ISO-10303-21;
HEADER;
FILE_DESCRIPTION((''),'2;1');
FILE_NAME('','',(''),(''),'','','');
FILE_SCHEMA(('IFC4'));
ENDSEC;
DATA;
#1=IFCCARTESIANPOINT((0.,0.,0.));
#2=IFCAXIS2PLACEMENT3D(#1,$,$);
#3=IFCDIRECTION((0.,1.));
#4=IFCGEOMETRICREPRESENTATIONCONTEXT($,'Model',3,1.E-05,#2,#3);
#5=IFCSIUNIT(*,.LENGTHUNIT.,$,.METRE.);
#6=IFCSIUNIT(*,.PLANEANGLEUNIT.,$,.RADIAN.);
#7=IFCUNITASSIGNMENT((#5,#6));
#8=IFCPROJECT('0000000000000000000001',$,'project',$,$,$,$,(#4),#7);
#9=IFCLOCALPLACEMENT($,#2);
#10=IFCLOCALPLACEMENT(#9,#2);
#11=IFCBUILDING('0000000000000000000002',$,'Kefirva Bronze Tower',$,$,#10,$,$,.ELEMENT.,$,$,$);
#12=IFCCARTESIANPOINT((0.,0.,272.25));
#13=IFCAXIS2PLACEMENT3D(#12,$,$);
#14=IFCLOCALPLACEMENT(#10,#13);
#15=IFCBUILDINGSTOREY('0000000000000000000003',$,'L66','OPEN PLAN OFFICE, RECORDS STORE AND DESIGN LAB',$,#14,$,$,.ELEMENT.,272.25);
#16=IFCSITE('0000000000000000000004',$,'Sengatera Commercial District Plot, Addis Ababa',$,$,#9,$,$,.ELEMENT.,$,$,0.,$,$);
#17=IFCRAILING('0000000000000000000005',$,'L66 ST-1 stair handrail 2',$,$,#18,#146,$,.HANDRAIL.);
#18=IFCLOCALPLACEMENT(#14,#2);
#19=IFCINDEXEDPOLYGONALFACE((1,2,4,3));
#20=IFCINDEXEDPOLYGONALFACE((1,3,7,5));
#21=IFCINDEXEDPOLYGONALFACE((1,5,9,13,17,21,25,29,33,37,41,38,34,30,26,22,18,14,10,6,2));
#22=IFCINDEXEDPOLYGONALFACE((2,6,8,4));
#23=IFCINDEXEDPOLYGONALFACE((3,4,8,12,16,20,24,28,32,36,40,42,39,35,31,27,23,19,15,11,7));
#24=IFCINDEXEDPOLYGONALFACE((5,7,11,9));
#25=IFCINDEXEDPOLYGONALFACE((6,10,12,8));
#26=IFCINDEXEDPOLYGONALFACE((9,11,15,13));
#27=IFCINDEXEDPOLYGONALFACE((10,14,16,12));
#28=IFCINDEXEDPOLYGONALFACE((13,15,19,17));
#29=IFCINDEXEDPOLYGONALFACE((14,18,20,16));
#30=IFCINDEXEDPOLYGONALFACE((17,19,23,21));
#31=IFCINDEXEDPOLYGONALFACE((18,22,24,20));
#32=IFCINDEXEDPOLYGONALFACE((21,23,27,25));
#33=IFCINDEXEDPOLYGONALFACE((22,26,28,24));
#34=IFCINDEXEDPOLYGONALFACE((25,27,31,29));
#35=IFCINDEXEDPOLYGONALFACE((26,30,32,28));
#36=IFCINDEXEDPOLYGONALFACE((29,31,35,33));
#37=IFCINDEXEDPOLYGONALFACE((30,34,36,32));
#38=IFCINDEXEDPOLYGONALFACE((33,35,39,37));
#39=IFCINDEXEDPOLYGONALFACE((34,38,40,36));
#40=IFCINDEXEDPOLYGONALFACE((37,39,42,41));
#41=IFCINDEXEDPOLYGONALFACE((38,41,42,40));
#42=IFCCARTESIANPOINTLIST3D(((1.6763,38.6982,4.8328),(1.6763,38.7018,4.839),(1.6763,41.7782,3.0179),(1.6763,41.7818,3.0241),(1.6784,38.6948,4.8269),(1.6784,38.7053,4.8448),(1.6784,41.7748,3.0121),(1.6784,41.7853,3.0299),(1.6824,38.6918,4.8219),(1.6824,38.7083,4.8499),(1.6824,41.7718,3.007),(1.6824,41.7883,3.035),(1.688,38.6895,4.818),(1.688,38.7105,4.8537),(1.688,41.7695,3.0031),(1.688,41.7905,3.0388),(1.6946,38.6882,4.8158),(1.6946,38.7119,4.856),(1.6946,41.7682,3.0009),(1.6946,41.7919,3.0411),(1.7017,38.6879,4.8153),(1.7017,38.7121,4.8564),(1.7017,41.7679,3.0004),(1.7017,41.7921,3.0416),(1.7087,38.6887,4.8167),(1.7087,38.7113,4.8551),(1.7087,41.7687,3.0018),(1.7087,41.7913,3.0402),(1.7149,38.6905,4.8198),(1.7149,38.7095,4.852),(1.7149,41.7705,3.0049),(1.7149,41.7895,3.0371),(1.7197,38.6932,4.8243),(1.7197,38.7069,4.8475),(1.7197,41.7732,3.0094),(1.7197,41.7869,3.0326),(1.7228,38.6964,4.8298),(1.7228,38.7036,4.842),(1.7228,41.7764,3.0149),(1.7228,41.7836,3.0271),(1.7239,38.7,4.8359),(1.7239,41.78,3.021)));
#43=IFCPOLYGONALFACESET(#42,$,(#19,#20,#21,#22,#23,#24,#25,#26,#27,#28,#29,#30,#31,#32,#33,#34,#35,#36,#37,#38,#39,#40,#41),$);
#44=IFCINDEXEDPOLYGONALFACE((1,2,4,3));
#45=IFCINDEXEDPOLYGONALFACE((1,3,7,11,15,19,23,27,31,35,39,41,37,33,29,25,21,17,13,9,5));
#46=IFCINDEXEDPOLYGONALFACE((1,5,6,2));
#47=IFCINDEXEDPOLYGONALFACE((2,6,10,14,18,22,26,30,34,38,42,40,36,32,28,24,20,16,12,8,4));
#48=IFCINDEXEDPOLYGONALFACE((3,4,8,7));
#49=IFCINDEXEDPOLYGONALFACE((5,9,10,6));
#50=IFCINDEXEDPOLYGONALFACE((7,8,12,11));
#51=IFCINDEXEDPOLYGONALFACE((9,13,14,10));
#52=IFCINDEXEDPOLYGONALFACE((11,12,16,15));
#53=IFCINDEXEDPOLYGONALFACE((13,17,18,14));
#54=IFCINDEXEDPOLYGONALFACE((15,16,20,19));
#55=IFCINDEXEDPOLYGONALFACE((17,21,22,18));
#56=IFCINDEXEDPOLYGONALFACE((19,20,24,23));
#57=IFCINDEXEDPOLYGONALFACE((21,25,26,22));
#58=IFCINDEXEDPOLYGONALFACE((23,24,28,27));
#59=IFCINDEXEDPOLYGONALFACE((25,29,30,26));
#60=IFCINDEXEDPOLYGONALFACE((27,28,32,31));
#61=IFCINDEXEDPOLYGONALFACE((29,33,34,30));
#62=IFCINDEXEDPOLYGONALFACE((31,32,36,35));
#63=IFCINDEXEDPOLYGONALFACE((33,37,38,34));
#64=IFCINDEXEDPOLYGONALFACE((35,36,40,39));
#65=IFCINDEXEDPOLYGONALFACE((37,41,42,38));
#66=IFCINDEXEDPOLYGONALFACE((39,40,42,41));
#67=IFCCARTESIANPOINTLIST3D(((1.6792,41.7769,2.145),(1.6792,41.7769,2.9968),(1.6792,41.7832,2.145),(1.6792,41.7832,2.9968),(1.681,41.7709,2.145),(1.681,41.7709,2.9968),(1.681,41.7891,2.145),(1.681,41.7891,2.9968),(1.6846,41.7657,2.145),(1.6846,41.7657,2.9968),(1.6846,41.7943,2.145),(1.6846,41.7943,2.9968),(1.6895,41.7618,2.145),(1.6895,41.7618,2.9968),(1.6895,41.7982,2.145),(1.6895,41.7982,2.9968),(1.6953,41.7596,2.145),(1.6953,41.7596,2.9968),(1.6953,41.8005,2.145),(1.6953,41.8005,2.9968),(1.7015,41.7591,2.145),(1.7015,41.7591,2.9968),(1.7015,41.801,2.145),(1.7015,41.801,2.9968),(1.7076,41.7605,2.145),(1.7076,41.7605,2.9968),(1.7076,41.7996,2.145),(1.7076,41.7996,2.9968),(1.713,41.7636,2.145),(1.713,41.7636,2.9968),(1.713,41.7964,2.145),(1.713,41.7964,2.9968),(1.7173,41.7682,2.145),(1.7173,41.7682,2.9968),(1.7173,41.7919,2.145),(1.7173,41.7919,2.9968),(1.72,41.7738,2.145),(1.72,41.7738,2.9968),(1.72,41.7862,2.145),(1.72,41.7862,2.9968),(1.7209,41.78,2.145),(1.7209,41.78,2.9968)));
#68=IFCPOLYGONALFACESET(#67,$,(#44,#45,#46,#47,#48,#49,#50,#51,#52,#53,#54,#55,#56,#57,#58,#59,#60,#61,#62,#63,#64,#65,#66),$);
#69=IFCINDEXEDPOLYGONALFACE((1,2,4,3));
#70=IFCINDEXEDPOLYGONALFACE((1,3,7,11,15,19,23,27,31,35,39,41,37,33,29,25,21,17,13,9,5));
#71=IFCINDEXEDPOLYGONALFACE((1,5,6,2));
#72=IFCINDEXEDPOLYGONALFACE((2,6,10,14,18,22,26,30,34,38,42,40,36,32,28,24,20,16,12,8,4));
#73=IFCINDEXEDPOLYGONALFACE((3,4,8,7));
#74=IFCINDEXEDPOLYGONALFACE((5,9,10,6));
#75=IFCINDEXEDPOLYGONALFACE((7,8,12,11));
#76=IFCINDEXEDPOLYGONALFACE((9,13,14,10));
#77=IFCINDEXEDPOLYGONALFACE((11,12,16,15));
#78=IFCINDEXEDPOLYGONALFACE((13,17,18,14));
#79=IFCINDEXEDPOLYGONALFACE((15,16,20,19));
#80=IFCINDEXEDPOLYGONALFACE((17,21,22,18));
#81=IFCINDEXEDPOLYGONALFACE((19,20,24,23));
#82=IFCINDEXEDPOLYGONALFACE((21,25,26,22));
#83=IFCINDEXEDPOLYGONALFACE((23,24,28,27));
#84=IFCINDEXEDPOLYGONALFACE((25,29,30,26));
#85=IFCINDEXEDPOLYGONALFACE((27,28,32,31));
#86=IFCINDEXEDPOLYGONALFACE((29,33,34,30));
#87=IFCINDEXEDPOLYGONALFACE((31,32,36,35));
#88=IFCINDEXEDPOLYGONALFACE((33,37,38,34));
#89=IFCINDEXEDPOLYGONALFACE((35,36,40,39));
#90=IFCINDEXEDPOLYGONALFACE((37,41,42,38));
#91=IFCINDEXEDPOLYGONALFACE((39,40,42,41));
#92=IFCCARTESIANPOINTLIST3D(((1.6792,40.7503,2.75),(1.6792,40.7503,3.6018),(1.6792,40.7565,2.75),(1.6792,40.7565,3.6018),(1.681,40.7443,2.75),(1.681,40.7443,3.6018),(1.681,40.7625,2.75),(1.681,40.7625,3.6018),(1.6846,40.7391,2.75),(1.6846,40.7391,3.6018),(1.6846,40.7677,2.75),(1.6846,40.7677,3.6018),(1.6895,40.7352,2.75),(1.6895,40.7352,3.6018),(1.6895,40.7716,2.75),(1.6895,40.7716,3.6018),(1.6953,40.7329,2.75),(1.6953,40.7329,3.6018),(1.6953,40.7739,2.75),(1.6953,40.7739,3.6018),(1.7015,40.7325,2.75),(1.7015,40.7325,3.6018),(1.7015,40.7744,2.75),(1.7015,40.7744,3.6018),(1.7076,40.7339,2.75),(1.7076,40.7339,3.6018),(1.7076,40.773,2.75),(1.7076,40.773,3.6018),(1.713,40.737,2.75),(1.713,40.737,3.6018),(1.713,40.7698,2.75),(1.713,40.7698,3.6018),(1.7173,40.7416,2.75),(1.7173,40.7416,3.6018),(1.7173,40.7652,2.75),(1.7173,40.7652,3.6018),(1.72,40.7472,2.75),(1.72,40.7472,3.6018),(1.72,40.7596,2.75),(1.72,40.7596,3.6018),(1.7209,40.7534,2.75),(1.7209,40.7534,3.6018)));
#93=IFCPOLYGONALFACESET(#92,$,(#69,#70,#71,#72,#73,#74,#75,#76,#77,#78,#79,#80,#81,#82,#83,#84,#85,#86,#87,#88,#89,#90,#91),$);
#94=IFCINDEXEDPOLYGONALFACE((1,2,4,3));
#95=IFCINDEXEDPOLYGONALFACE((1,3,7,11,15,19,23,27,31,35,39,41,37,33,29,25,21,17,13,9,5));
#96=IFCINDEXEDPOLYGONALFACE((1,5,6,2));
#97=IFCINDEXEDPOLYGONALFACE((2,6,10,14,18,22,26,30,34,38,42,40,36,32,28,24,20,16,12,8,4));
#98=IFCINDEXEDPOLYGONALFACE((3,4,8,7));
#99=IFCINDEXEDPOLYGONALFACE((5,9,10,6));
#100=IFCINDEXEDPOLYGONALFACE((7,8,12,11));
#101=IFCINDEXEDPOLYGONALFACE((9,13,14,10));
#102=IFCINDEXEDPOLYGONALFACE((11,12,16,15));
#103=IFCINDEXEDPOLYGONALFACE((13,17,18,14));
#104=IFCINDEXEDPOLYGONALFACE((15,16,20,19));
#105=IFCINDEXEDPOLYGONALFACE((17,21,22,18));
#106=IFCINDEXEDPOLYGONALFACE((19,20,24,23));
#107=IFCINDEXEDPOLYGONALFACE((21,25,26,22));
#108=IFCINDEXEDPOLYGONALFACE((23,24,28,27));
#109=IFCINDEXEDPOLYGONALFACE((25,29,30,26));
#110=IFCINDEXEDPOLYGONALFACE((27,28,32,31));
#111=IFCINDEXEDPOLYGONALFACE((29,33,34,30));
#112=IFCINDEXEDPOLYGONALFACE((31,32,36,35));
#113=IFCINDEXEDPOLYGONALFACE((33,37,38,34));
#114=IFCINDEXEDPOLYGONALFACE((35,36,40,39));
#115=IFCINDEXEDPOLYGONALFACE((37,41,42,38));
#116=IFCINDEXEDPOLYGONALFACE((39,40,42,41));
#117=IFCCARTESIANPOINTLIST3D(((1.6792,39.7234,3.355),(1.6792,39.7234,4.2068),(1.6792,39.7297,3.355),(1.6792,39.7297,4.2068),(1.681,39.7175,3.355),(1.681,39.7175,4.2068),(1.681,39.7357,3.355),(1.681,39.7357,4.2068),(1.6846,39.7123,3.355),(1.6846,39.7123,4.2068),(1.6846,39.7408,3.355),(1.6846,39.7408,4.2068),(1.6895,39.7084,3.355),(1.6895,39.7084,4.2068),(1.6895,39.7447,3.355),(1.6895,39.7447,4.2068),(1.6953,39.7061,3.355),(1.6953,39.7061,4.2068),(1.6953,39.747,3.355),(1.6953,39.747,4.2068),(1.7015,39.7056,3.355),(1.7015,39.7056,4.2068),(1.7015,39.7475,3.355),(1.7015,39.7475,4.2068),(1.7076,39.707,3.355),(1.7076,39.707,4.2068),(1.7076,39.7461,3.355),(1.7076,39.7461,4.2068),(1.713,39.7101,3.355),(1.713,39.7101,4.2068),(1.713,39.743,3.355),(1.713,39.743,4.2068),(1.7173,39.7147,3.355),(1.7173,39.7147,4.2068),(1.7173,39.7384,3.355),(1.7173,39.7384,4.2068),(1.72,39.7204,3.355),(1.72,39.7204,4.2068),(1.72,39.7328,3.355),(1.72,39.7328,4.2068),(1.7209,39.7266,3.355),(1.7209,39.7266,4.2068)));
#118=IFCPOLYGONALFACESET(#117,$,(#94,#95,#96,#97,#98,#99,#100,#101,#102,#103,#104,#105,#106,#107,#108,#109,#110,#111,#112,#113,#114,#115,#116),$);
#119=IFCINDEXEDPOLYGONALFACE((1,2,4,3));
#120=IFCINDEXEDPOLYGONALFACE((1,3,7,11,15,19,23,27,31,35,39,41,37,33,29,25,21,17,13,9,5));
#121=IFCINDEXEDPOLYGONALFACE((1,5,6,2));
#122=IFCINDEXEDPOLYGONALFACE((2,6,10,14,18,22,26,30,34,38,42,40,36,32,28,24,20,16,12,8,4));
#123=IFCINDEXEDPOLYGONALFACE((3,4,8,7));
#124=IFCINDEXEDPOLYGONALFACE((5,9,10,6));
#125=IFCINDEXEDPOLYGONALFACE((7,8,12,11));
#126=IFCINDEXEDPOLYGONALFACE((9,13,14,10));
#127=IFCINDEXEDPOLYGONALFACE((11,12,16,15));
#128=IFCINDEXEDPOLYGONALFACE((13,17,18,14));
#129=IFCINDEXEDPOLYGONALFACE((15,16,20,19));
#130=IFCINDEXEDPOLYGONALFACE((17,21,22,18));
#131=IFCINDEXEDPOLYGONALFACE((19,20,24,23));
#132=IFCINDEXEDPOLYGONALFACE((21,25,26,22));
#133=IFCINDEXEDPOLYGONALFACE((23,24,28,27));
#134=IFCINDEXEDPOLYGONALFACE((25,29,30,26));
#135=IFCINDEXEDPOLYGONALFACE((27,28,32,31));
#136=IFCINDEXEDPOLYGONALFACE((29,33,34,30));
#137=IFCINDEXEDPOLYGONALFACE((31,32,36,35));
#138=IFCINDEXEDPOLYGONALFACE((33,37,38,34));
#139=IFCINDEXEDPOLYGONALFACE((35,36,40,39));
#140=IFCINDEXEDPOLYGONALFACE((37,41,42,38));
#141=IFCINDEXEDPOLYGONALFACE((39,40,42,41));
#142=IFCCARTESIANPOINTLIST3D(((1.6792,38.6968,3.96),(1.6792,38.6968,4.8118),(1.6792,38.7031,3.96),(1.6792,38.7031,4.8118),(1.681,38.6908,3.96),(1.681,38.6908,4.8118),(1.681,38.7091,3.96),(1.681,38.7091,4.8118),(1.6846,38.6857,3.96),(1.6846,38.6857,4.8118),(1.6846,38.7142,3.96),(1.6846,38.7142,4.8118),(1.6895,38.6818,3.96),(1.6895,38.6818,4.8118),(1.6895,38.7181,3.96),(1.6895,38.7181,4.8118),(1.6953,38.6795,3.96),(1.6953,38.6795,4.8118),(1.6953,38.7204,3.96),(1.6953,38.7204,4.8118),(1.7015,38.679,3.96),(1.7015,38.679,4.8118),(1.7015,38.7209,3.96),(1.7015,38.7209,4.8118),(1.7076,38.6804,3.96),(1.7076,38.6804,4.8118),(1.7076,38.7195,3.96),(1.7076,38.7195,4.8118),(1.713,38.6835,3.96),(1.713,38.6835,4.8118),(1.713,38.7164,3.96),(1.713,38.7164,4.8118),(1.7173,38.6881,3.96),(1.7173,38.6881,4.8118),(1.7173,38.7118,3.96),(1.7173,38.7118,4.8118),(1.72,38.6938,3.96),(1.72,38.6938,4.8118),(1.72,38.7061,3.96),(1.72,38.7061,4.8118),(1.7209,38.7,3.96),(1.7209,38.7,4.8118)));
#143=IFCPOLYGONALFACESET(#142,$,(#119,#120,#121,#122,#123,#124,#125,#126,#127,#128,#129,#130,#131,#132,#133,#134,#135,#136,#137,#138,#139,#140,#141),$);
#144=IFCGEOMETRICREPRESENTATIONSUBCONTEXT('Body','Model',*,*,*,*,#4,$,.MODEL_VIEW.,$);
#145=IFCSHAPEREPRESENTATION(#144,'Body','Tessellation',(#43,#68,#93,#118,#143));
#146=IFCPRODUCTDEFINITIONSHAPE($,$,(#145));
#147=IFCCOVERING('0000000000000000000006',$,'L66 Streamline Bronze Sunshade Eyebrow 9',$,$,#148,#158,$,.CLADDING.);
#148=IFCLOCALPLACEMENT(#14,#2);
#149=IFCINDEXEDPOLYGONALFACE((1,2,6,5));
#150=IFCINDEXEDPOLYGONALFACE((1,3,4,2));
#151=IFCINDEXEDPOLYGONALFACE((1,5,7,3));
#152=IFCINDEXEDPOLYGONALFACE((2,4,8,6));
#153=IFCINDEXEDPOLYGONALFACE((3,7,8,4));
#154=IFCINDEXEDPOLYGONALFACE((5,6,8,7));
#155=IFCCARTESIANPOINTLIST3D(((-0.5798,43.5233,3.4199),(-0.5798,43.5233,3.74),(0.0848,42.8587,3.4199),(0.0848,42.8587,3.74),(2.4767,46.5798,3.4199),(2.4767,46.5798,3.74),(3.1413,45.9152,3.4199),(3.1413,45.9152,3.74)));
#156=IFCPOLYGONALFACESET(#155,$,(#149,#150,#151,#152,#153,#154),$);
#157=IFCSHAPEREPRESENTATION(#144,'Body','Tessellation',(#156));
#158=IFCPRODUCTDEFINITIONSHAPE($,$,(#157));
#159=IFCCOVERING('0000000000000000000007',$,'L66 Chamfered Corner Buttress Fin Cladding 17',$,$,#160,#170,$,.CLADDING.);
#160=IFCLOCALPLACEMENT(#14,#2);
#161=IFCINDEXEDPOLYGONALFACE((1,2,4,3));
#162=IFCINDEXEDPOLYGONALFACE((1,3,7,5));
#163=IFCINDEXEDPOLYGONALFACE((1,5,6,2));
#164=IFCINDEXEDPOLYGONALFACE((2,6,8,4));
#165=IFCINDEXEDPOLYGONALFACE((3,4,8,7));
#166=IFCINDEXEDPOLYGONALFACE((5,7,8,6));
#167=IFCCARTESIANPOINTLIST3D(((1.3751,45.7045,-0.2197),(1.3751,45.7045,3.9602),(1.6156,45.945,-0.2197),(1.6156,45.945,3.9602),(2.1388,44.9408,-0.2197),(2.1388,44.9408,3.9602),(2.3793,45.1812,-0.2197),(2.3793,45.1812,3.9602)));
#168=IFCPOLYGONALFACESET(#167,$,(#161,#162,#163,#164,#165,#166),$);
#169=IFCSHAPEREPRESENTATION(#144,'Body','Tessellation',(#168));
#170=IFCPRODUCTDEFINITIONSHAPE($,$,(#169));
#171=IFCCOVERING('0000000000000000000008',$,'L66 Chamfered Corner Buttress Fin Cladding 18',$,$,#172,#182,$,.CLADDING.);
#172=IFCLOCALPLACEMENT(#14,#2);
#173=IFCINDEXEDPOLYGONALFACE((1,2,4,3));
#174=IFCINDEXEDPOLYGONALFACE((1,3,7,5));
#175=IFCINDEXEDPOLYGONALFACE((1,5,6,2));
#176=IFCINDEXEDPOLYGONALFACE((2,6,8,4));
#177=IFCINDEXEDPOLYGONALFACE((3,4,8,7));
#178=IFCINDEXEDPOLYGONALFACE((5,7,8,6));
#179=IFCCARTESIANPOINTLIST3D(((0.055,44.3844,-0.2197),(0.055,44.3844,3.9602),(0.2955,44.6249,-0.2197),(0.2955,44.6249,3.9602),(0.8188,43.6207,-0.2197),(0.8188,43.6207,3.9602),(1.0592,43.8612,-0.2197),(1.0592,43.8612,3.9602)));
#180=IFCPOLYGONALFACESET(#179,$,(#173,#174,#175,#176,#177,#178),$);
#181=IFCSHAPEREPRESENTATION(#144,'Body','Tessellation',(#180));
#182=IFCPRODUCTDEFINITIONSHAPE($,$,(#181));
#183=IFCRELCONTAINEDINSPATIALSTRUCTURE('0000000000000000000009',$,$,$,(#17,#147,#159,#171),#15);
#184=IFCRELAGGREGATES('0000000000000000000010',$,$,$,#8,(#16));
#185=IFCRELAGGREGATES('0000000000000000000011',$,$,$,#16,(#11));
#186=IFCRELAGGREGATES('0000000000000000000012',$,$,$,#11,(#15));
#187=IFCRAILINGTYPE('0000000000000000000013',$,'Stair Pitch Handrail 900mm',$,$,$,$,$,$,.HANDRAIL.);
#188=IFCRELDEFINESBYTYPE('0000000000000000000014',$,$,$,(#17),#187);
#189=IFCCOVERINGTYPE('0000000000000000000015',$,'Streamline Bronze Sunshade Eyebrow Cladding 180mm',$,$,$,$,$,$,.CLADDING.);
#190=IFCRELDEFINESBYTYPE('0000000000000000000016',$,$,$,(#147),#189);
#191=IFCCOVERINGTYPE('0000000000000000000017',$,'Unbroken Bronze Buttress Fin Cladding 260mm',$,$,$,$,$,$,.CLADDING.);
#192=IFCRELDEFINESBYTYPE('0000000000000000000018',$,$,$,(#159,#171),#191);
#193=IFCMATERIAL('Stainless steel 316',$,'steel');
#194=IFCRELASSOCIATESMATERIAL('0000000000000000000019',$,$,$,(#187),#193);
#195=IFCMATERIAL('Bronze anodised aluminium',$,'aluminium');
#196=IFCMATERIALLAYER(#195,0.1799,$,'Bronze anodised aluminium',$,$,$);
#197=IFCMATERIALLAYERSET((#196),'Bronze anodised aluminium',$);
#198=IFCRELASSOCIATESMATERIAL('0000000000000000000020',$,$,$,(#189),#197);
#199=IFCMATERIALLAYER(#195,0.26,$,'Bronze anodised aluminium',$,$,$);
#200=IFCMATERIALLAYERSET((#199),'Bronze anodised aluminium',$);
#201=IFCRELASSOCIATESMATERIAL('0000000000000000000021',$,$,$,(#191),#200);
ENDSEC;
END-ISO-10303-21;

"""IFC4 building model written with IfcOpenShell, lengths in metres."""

from ifc_helpers import new_model, si_unit, direction, frame, origin, origin_2d, place, context, subcontext, project, spatial, rectangle, circle, extrude, material, layer, layer_set, type_object, element, save


model = new_model("IFC4")

# Units and contexts
model_context = context("Model", 3, precision=1e-05, world=origin(), true_north=direction((0.0, 1.0)))
body_context = subcontext(model_context, "Body", "Model", "MODEL_VIEW")
ifc_project = project(units=[si_unit("LENGTHUNIT", "METRE"), si_unit("PLANEANGLEUNIT", "RADIAN")], contexts=[model_context])

# Site, building, storey
site_placement = place(None, origin())
site = spatial("IfcSite", under=ifc_project, at=site_placement, Name="Sengatera Commercial District Plot, Addis Ababa", CompositionType="ELEMENT", RefElevation=0.0)
building_placement = place(site_placement, origin())
building = spatial("IfcBuilding", under=site, at=building_placement, Name="Kefirva Bronze Tower", CompositionType="ELEMENT")
storey_placement = place(building_placement, frame((0.0, 0.0, 272.25)))
storey = spatial("IfcBuildingStorey", under=building, at=storey_placement, Name="L66", Description="OPEN PLAN OFFICE, RECORDS STORE AND DESIGN LAB", CompositionType="ELEMENT", Elevation=272.25)

# Shared definitions
ifc_material_1 = material(Name="Bronze anodised aluminium", Category="aluminium")

# Railing
ifc_material_2 = material(Name="Stainless steel 316", Category="steel")
railing_type_1 = type_object("IfcRailingType", Name="Stair Pitch Handrail 900mm", PredefinedType="HANDRAIL", material=ifc_material_2)
railing_1_placement = place(storey_placement, frame((1.7, 41.78, 2.145)))
element("IfcRailing", 1, at=railing_1_placement, inside=storey, type_object=railing_type_1, Name="L66 ST-1 stair handrail 2", PredefinedType="HANDRAIL", context=body_context, shape_type="SweptSolid", body=[
    extrude(circle(Radius=0.0239, at=origin_2d()), frame((0.0, 0.0, 0.876), z_axis=(0.0, -0.861551, 0.507671), x_axis=(1.0, 0.0, 0.0)), (0.0, 0.0, 1.0), 3.575),
    extrude(circle(Radius=0.021, at=origin_2d()), origin(), (0.0, 0.0, 1.0), 0.8518),
    extrude(circle(Radius=0.021, at=origin_2d()), frame((0.0, -1.0266, 0.605)), (0.0, 0.0, 1.0), 0.8518),
    extrude(circle(Radius=0.021, at=origin_2d()), frame((0.0, -2.0535, 1.21)), (0.0, 0.0, 1.0), 0.8518),
    extrude(circle(Radius=0.021, at=origin_2d()), frame((0.0, -3.0801, 1.8149)), (0.0, 0.0, 1.0), 0.8518),
])

# Coverings
ifc_layer_1 = layer(ifc_material_1, 0.1799, Name="Bronze anodised aluminium")
ifc_layer_set_1 = layer_set([ifc_layer_1], Name="Bronze anodised aluminium")
covering_type_1 = type_object("IfcCoveringType", Name="Streamline Bronze Sunshade Eyebrow Cladding 180mm", PredefinedType="CLADDING", material=ifc_layer_set_1)
covering_1_placement = place(storey_placement, frame((1.2808, 44.7192, 3.4199), z_axis=(0.0, 0.0, 1.0), x_axis=(-0.707107, -0.707107, 0.0)))
element("IfcCovering", 2, at=covering_1_placement, inside=storey, type_object=covering_type_1, Name="L66 Streamline Bronze Sunshade Eyebrow 9", PredefinedType="CLADDING", context=body_context, shape_type="SweptSolid", body=[
    extrude(rectangle(XDim=4.3225, YDim=0.9399, at=origin_2d()), origin(), (0.0, 0.0, 1.0), 0.3201),
])
ifc_layer_2 = layer(ifc_material_1, 0.26, Name="Bronze anodised aluminium")
ifc_layer_set_2 = layer_set([ifc_layer_2], Name="Bronze anodised aluminium")
covering_type_2 = type_object("IfcCoveringType", Name="Unbroken Bronze Buttress Fin Cladding 260mm", PredefinedType="CLADDING", material=ifc_layer_set_2)
for number, where, z_axis, x_axis, name in (
    (3, (1.8772, 45.4429, -0.2197), (0.0, 0.0, 1.0), (-0.707107, -0.707107, 0.0), "L66 Chamfered Corner Buttress Fin Cladding 17"),
    (4, (0.5571, 44.1228, -0.2197), (0.0, 0.0, 1.0), (-0.707107, -0.707107, 0.0), "L66 Chamfered Corner Buttress Fin Cladding 18"),
):
    element("IfcCovering", number, at=place(storey_placement, frame(where, z_axis=z_axis, x_axis=x_axis)), inside=storey, type_object=covering_type_2, Name=name, PredefinedType="CLADDING", context=body_context, shape_type="SweptSolid", body=[
        extrude(rectangle(XDim=0.3401, YDim=1.0801, at=origin_2d()), origin(), (0.0, 0.0, 1.0), 4.1799),
    ])

save(model, "model.ifc")
